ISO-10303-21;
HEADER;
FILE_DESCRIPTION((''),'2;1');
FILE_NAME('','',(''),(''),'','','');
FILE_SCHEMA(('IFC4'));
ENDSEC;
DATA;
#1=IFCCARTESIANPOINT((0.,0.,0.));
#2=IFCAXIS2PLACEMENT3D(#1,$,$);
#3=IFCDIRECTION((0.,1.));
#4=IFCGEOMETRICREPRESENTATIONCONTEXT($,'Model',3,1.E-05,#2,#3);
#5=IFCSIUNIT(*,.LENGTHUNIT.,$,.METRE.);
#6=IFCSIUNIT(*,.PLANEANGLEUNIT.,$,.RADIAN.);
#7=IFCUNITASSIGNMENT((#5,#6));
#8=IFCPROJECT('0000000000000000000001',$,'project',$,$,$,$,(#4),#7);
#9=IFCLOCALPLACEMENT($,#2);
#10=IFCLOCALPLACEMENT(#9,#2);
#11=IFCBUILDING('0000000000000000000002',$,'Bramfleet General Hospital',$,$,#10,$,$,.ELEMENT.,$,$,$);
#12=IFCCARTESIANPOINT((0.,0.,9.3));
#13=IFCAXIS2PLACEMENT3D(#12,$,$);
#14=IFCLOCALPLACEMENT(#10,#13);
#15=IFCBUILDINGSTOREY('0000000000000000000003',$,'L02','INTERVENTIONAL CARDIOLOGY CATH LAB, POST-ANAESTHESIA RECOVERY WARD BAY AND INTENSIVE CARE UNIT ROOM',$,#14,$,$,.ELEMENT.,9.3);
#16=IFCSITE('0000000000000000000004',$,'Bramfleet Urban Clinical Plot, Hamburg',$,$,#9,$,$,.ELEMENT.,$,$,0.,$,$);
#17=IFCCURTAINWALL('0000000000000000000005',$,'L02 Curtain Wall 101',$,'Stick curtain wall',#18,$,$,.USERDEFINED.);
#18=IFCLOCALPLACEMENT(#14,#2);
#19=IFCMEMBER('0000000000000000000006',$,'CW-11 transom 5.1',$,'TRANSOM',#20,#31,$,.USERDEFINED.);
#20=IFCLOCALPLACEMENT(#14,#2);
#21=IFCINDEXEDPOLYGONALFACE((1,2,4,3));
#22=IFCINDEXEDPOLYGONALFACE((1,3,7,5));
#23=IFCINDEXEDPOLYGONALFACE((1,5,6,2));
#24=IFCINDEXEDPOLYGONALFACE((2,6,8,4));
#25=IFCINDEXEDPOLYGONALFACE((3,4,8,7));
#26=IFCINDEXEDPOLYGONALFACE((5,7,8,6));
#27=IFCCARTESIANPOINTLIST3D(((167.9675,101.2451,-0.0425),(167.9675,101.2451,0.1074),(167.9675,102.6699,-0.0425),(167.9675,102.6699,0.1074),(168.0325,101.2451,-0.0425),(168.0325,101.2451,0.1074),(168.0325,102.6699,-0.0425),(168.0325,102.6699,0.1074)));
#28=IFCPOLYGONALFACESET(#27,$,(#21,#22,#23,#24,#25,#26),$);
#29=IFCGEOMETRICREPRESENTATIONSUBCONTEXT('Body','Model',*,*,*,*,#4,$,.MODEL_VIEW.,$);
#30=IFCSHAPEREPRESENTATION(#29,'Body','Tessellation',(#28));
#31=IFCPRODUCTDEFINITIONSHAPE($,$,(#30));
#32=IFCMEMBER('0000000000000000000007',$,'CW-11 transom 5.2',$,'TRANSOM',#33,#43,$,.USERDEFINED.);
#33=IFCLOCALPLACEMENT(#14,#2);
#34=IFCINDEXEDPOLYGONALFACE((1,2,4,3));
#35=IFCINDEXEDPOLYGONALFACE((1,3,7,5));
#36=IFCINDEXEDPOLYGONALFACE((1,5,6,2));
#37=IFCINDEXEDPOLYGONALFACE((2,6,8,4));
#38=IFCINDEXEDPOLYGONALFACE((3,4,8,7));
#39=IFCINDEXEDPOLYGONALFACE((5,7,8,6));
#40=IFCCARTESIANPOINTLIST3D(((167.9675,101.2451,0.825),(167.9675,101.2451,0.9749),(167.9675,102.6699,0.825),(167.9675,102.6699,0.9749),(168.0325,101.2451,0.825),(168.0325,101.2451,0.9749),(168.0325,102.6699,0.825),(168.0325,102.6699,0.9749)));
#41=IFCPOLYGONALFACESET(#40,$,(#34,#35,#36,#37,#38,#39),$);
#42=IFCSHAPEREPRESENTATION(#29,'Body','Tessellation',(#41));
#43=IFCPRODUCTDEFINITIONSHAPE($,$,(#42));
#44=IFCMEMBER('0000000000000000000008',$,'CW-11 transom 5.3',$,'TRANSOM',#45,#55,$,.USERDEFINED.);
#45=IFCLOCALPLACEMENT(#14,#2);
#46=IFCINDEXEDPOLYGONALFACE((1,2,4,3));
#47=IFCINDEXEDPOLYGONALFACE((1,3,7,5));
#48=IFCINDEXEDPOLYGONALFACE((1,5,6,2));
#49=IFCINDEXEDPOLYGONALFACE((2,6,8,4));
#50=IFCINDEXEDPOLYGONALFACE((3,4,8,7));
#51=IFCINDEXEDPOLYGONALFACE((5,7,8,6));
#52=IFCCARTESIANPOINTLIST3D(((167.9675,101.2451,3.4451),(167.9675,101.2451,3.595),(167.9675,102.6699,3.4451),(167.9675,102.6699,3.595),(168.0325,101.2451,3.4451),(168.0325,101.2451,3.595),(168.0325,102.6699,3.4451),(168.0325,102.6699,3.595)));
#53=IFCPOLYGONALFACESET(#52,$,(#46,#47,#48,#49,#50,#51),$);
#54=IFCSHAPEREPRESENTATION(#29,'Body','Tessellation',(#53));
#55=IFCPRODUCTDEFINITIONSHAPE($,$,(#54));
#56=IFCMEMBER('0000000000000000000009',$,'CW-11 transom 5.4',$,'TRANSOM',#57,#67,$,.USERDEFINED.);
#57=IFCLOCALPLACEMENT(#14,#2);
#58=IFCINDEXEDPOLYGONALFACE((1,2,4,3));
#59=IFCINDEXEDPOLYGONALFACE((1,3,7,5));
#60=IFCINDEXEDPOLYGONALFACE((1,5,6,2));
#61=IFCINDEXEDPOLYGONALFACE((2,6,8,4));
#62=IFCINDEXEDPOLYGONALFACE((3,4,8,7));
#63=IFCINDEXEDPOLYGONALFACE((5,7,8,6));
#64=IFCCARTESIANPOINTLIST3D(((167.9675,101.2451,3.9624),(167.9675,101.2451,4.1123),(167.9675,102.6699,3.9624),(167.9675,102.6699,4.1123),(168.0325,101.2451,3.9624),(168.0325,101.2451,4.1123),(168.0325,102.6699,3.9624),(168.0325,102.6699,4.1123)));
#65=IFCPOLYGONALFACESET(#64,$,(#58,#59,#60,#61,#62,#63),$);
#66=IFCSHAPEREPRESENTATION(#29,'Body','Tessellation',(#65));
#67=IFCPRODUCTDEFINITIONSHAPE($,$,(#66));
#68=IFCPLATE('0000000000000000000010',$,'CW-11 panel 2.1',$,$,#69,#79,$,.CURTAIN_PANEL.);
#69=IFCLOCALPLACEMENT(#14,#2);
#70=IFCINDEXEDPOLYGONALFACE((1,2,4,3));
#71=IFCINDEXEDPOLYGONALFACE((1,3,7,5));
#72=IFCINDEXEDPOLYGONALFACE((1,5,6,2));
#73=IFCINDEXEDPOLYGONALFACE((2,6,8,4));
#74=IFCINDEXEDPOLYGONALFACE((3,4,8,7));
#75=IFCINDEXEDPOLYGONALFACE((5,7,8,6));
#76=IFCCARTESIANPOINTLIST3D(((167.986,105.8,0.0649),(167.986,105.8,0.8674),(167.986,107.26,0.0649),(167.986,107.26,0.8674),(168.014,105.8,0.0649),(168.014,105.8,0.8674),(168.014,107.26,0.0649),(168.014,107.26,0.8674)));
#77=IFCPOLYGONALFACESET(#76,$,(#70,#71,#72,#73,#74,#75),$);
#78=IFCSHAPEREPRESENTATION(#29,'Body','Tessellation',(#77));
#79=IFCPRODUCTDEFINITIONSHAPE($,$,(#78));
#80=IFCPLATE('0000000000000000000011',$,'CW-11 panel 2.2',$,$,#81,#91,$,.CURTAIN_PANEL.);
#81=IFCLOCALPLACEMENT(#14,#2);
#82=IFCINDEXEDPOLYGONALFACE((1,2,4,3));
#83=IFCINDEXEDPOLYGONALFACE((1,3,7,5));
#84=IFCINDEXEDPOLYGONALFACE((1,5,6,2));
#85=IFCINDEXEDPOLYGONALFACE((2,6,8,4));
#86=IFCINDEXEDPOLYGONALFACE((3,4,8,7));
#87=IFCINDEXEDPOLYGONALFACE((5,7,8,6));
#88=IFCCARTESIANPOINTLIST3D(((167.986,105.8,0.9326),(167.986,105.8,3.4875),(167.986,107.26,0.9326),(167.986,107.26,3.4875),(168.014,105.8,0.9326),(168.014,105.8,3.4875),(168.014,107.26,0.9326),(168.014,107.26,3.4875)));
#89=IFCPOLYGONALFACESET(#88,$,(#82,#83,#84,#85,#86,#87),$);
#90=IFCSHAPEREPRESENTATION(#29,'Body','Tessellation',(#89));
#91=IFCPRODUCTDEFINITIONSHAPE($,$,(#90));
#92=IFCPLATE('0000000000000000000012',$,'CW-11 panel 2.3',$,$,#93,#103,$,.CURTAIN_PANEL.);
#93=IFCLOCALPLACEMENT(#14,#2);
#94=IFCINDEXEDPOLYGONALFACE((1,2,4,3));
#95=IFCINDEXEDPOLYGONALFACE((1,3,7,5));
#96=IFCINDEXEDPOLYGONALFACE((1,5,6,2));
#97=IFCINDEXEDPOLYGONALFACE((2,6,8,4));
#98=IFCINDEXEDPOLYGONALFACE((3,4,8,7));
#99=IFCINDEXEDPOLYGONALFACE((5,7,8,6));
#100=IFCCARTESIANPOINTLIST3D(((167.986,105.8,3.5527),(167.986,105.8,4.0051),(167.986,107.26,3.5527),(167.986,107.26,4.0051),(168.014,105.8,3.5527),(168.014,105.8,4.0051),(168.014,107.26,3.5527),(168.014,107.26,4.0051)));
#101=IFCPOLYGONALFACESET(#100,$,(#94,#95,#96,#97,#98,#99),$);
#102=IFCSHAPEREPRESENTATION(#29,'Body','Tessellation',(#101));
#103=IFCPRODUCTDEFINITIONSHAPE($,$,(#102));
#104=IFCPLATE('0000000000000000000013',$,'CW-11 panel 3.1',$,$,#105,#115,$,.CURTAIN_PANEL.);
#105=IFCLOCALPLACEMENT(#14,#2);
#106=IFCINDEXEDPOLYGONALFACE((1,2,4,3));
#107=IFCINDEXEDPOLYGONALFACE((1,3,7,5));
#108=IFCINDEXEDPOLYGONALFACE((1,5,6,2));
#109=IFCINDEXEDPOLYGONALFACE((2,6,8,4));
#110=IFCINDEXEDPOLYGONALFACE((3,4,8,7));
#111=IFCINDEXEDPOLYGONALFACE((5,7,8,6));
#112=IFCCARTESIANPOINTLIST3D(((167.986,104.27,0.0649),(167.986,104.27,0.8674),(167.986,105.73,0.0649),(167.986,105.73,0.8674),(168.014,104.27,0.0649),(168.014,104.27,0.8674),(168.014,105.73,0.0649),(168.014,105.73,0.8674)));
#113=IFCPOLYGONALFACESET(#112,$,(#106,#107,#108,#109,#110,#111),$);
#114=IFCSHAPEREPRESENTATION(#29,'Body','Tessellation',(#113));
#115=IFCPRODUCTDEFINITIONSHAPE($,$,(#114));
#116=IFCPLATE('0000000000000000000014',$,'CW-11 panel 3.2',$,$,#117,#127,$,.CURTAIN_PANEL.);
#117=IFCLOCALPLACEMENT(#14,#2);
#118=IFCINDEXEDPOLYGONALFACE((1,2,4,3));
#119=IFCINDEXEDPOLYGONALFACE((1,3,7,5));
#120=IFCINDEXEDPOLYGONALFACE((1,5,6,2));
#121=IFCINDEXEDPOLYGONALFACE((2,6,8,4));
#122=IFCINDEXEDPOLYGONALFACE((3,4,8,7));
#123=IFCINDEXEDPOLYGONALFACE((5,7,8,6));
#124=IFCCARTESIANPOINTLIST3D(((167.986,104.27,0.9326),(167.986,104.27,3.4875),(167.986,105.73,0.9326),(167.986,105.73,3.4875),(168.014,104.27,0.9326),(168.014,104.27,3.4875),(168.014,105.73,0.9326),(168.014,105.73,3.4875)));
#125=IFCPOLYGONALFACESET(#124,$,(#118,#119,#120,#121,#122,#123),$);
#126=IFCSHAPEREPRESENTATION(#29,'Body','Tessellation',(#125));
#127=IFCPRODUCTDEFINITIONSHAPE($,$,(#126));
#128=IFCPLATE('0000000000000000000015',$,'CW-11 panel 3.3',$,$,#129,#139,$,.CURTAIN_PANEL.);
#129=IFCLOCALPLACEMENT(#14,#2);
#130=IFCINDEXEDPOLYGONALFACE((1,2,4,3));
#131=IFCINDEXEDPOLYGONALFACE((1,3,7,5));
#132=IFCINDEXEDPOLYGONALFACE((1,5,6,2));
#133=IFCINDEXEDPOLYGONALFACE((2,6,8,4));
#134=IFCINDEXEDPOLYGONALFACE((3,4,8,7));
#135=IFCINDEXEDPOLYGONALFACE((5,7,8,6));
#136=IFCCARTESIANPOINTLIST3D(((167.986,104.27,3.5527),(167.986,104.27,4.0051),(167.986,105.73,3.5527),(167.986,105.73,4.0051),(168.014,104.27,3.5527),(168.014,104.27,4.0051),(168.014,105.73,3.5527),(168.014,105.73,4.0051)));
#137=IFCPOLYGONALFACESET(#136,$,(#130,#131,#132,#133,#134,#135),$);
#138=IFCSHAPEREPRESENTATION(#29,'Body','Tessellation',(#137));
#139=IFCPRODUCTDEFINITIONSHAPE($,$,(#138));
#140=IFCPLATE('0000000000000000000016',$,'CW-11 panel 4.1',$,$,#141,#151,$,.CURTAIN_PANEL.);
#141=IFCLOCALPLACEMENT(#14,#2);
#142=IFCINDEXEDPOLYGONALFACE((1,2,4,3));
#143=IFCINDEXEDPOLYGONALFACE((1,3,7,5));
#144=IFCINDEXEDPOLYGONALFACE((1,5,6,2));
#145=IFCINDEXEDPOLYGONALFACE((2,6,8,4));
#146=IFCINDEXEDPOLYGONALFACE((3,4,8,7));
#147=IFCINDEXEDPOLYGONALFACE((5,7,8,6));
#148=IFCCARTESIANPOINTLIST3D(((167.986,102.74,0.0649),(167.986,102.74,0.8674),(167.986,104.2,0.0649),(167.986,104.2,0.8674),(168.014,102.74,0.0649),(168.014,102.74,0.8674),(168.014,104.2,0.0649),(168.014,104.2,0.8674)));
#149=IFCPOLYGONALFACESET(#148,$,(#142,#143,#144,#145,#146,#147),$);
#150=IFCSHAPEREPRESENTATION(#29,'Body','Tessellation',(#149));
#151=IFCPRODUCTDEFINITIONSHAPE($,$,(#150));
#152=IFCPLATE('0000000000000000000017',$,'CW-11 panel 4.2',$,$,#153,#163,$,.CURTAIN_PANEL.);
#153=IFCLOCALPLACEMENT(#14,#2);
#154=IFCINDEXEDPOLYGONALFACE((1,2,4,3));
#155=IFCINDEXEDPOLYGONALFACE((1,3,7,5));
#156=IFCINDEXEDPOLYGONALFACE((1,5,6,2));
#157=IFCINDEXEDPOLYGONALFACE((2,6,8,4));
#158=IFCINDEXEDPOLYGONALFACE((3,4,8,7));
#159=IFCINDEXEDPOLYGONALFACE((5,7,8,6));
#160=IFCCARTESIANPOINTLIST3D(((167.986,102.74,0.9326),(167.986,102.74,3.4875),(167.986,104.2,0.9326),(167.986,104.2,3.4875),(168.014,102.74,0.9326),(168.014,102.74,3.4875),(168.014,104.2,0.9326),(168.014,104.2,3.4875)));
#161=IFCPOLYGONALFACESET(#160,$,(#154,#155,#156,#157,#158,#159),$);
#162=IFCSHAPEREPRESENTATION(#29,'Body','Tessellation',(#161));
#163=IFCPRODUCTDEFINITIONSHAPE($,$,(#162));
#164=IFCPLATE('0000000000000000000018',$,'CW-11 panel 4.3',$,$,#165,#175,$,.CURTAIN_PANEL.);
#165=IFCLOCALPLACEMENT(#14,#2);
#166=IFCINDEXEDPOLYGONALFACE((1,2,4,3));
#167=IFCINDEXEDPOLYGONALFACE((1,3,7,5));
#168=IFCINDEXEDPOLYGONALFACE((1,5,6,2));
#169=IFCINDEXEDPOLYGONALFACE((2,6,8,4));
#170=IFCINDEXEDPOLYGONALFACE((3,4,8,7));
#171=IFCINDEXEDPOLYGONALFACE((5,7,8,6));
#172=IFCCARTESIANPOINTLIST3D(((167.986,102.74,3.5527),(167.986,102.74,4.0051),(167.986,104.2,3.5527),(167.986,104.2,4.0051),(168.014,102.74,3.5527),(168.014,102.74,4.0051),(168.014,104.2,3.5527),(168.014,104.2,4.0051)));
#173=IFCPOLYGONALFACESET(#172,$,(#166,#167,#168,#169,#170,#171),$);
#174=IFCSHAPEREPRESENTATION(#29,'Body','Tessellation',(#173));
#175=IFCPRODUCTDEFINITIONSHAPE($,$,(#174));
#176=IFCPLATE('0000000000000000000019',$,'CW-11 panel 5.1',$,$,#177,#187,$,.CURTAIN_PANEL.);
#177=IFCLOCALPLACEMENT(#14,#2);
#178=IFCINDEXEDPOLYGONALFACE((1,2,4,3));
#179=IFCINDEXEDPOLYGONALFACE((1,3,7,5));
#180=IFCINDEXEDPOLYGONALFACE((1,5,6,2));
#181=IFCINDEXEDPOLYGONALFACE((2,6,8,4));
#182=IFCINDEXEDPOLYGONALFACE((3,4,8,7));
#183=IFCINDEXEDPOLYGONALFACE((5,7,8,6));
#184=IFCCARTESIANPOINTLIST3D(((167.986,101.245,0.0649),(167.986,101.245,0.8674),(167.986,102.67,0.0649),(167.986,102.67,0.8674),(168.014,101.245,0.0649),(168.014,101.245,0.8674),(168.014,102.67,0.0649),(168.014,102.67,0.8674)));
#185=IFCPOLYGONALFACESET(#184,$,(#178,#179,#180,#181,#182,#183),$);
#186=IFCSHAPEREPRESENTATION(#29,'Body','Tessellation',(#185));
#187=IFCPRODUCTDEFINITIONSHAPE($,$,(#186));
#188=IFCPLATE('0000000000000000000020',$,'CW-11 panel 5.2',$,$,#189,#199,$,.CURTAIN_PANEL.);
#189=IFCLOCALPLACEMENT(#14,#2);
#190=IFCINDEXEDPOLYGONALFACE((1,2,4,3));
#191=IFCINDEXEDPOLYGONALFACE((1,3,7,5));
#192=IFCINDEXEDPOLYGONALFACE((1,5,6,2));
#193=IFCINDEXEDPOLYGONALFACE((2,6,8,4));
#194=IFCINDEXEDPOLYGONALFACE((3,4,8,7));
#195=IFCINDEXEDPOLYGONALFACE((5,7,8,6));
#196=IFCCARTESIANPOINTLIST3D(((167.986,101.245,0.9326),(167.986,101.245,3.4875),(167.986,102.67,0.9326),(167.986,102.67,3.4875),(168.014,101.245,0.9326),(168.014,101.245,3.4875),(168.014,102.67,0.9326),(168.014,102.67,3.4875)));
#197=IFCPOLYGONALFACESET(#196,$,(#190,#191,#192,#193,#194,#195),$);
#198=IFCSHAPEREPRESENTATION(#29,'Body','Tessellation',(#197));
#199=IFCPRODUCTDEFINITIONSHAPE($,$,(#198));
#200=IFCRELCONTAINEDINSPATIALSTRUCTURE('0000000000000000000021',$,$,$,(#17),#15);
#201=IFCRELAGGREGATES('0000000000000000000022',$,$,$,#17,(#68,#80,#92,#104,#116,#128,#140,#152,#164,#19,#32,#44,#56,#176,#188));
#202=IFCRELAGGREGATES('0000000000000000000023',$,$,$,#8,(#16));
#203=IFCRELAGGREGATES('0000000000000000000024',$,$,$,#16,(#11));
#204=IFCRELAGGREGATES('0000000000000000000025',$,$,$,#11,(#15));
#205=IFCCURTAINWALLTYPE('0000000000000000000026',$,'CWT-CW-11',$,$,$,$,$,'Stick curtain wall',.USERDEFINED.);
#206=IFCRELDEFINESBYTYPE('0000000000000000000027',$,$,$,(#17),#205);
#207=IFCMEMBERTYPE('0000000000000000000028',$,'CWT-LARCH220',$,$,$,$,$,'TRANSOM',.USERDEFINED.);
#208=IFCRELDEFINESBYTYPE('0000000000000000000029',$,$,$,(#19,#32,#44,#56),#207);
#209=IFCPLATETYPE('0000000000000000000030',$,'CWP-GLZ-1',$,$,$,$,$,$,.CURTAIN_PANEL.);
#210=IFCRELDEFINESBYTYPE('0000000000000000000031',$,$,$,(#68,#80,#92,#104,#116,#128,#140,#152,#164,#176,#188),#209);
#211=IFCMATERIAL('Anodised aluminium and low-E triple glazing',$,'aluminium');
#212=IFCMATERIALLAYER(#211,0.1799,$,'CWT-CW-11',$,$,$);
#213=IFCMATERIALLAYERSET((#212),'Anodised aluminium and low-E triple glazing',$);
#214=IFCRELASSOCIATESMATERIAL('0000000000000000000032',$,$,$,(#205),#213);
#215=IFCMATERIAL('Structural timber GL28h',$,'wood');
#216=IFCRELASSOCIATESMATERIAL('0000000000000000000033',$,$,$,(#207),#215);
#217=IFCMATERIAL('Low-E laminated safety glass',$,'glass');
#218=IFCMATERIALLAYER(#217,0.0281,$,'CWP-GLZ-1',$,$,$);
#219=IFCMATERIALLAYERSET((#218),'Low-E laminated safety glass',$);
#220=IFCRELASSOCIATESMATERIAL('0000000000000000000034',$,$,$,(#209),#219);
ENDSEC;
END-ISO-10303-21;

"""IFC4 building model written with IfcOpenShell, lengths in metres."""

from ifc_helpers import new_model, si_unit, direction, frame, origin, origin_2d, place, context, subcontext, project, spatial, rectangle, extrude, material, layer, layer_set, material_profile, profile_set, type_object, element, aggregate, save


model = new_model("IFC4")

# Units and contexts
model_context = context("Model", 3, precision=1e-05, world=origin(), true_north=direction((0.0, 1.0)))
body_context = subcontext(model_context, "Body", "Model", "MODEL_VIEW")
ifc_project = project(units=[si_unit("LENGTHUNIT", "METRE"), si_unit("PLANEANGLEUNIT", "RADIAN")], contexts=[model_context])

# Site, building, storey
site_placement = place(None, origin())
site = spatial("IfcSite", under=ifc_project, at=site_placement, Name="Bramfleet Urban Clinical Plot, Hamburg", CompositionType="ELEMENT", RefElevation=0.0)
building_placement = place(site_placement, origin())
building = spatial("IfcBuilding", under=site, at=building_placement, Name="Bramfleet General Hospital", CompositionType="ELEMENT")
storey_placement = place(building_placement, frame((0.0, 0.0, 9.3)))
storey = spatial("IfcBuildingStorey", under=building, at=storey_placement, Name="L02", Description="INTERVENTIONAL CARDIOLOGY CATH LAB, POST-ANAESTHESIA RECOVERY WARD BAY AND INTENSIVE CARE UNIT ROOM", CompositionType="ELEMENT", Elevation=9.3)

# Curtain wall, members, plates
ifc_material_1 = material(Name="Anodised aluminium and low-E triple glazing", Category="aluminium")
ifc_layer_1 = layer(ifc_material_1, 0.1799, Name="CWT-CW-11")
ifc_layer_set_1 = layer_set([ifc_layer_1], Name="Anodised aluminium and low-E triple glazing")
curtain_wall_type = type_object("IfcCurtainWallType", Name="CWT-CW-11", ElementType="Stick curtain wall", PredefinedType="USERDEFINED", material=ifc_layer_set_1)
curtain_wall_placement = place(storey_placement, origin())
curtain_wall = element("IfcCurtainWall", 1, at=curtain_wall_placement, inside=storey, type_object=curtain_wall_type, Name="L02 Curtain Wall 101", ObjectType="Stick curtain wall", PredefinedType="USERDEFINED")
ifc_material_2 = material(Name="Structural timber GL28h", Category="wood")
ifc_material_profile_1 = material_profile(ifc_material_2, rectangle(XDim=0.0649, YDim=0.1499, at=origin_2d()), Name="LARCH 150x65")
ifc_profile_set_1 = profile_set([ifc_material_profile_1], Name="Structural timber GL28h")
member_type_1 = type_object("IfcMemberType", Name="CWT-LARCH220", ElementType="TRANSOM", PredefinedType="USERDEFINED", material=ifc_profile_set_1)
member_1_placement = place(storey_placement, frame((168.0, 102.6699, 0.0325), z_axis=(0.0, -1.0, 0.0), x_axis=(1.0, 0.0, 0.0)))
member_1 = element("IfcMember", 2, at=member_1_placement, type_object=member_type_1, Name="CW-11 transom 5.1", ObjectType="TRANSOM", PredefinedType="USERDEFINED", context=body_context, shape_type="SweptSolid", body=[
    extrude(rectangle(XDim=0.0649, YDim=0.1499, at=origin_2d()), origin(), (0.0, 0.0, 1.0), 1.4248),
])
member_2_placement = place(storey_placement, frame((168.0, 102.6699, 0.8999), z_axis=(0.0, -1.0, 0.0), x_axis=(1.0, 0.0, 0.0)))
member_2 = element("IfcMember", 3, at=member_2_placement, type_object=member_type_1, Name="CW-11 transom 5.2", ObjectType="TRANSOM", PredefinedType="USERDEFINED", context=body_context, shape_type="SweptSolid", body=[
    extrude(rectangle(XDim=0.0649, YDim=0.1499, at=origin_2d()), origin(), (0.0, 0.0, 1.0), 1.4248),
])
member_3_placement = place(storey_placement, frame((168.0, 102.6699, 3.52), z_axis=(0.0, -1.0, 0.0), x_axis=(1.0, 0.0, 0.0)))
member_3 = element("IfcMember", 4, at=member_3_placement, type_object=member_type_1, Name="CW-11 transom 5.3", ObjectType="TRANSOM", PredefinedType="USERDEFINED", context=body_context, shape_type="SweptSolid", body=[
    extrude(rectangle(XDim=0.0649, YDim=0.1499, at=origin_2d()), origin(), (0.0, 0.0, 1.0), 1.4248),
])
member_4_placement = place(storey_placement, frame((168.0, 102.6699, 4.0374), z_axis=(0.0, -1.0, 0.0), x_axis=(1.0, 0.0, 0.0)))
member_4 = element("IfcMember", 5, at=member_4_placement, type_object=member_type_1, Name="CW-11 transom 5.4", ObjectType="TRANSOM", PredefinedType="USERDEFINED", context=body_context, shape_type="SweptSolid", body=[
    extrude(rectangle(XDim=0.0649, YDim=0.1499, at=origin_2d()), origin(), (0.0, 0.0, 1.0), 1.4248),
])
ifc_material_3 = material(Name="Low-E laminated safety glass", Category="glass")
ifc_layer_2 = layer(ifc_material_3, 0.0281, Name="CWP-GLZ-1")
ifc_layer_set_2 = layer_set([ifc_layer_2], Name="Low-E laminated safety glass")
plate_type = type_object("IfcPlateType", Name="CWP-GLZ-1", PredefinedType="CURTAIN_PANEL", material=ifc_layer_set_2)
plate_1_placement = place(storey_placement, frame((168.0, 106.53, 0.0649), z_axis=(0.0, 0.0, 1.0), x_axis=(0.0, -1.0, 0.0)))
plate_1 = element("IfcPlate", 6, at=plate_1_placement, type_object=plate_type, Name="CW-11 panel 2.1", PredefinedType="CURTAIN_PANEL", context=body_context, shape_type="SweptSolid", body=[
    extrude(rectangle(XDim=1.46, YDim=0.0281, at=origin_2d()), origin(), (0.0, 0.0, 1.0), 0.8025),
])
plate_2_placement = place(storey_placement, frame((168.0, 106.53, 0.9326), z_axis=(0.0, 0.0, 1.0), x_axis=(0.0, -1.0, 0.0)))
plate_2 = element("IfcPlate", 7, at=plate_2_placement, type_object=plate_type, Name="CW-11 panel 2.2", PredefinedType="CURTAIN_PANEL", context=body_context, shape_type="SweptSolid", body=[
    extrude(rectangle(XDim=1.46, YDim=0.0281, at=origin_2d()), origin(), (0.0, 0.0, 1.0), 2.5549),
])
plate_3_placement = place(storey_placement, frame((168.0, 106.53, 3.5527), z_axis=(0.0, 0.0, 1.0), x_axis=(0.0, -1.0, 0.0)))
plate_3 = element("IfcPlate", 8, at=plate_3_placement, type_object=plate_type, Name="CW-11 panel 2.3", PredefinedType="CURTAIN_PANEL", context=body_context, shape_type="SweptSolid", body=[
    extrude(rectangle(XDim=1.46, YDim=0.0281, at=origin_2d()), origin(), (0.0, 0.0, 1.0), 0.4524),
])
plate_4_placement = place(storey_placement, frame((168.0, 105.0, 0.0649), z_axis=(0.0, 0.0, 1.0), x_axis=(0.0, -1.0, 0.0)))
plate_4 = element("IfcPlate", 9, at=plate_4_placement, type_object=plate_type, Name="CW-11 panel 3.1", PredefinedType="CURTAIN_PANEL", context=body_context, shape_type="SweptSolid", body=[
    extrude(rectangle(XDim=1.46, YDim=0.0281, at=origin_2d()), origin(), (0.0, 0.0, 1.0), 0.8025),
])
plate_5_placement = place(storey_placement, frame((168.0, 105.0, 0.9326), z_axis=(0.0, 0.0, 1.0), x_axis=(0.0, -1.0, 0.0)))
plate_5 = element("IfcPlate", 10, at=plate_5_placement, type_object=plate_type, Name="CW-11 panel 3.2", PredefinedType="CURTAIN_PANEL", context=body_context, shape_type="SweptSolid", body=[
    extrude(rectangle(XDim=1.46, YDim=0.0281, at=origin_2d()), origin(), (0.0, 0.0, 1.0), 2.5549),
])
plate_6_placement = place(storey_placement, frame((168.0, 105.0, 3.5527), z_axis=(0.0, 0.0, 1.0), x_axis=(0.0, -1.0, 0.0)))
plate_6 = element("IfcPlate", 11, at=plate_6_placement, type_object=plate_type, Name="CW-11 panel 3.3", PredefinedType="CURTAIN_PANEL", context=body_context, shape_type="SweptSolid", body=[
    extrude(rectangle(XDim=1.46, YDim=0.0281, at=origin_2d()), origin(), (0.0, 0.0, 1.0), 0.4524),
])
plate_7_placement = place(storey_placement, frame((168.0, 103.47, 0.0649), z_axis=(0.0, 0.0, 1.0), x_axis=(0.0, -1.0, 0.0)))
plate_7 = element("IfcPlate", 12, at=plate_7_placement, type_object=plate_type, Name="CW-11 panel 4.1", PredefinedType="CURTAIN_PANEL", context=body_context, shape_type="SweptSolid", body=[
    extrude(rectangle(XDim=1.46, YDim=0.0281, at=origin_2d()), origin(), (0.0, 0.0, 1.0), 0.8025),
])
plate_8_placement = place(storey_placement, frame((168.0, 103.47, 0.9326), z_axis=(0.0, 0.0, 1.0), x_axis=(0.0, -1.0, 0.0)))
plate_8 = element("IfcPlate", 13, at=plate_8_placement, type_object=plate_type, Name="CW-11 panel 4.2", PredefinedType="CURTAIN_PANEL", context=body_context, shape_type="SweptSolid", body=[
    extrude(rectangle(XDim=1.46, YDim=0.0281, at=origin_2d()), origin(), (0.0, 0.0, 1.0), 2.5549),
])
plate_9_placement = place(storey_placement, frame((168.0, 103.47, 3.5527), z_axis=(0.0, 0.0, 1.0), x_axis=(0.0, -1.0, 0.0)))
plate_9 = element("IfcPlate", 14, at=plate_9_placement, type_object=plate_type, Name="CW-11 panel 4.3", PredefinedType="CURTAIN_PANEL", context=body_context, shape_type="SweptSolid", body=[
    extrude(rectangle(XDim=1.46, YDim=0.0281, at=origin_2d()), origin(), (0.0, 0.0, 1.0), 0.4524),
])
plate_10_placement = place(storey_placement, frame((168.0, 101.9575, 0.0649), z_axis=(0.0, 0.0, 1.0), x_axis=(0.0, -1.0, 0.0)))
plate_10 = element("IfcPlate", 15, at=plate_10_placement, type_object=plate_type, Name="CW-11 panel 5.1", PredefinedType="CURTAIN_PANEL", context=body_context, shape_type="SweptSolid", body=[
    extrude(rectangle(XDim=1.425, YDim=0.0281, at=origin_2d()), origin(), (0.0, 0.0, 1.0), 0.8025),
])
plate_11_placement = place(storey_placement, frame((168.0, 101.9575, 0.9326), z_axis=(0.0, 0.0, 1.0), x_axis=(0.0, -1.0, 0.0)))
plate_11 = element("IfcPlate", 16, at=plate_11_placement, type_object=plate_type, Name="CW-11 panel 5.2", PredefinedType="CURTAIN_PANEL", context=body_context, shape_type="SweptSolid", body=[
    extrude(rectangle(XDim=1.425, YDim=0.0281, at=origin_2d()), origin(), (0.0, 0.0, 1.0), 2.5549),
])
aggregate(curtain_wall, [plate_1, plate_2, plate_3, plate_4, plate_5, plate_6, plate_7, plate_8, plate_9, member_1, member_2, member_3, member_4, plate_10, plate_11])

save(model, "model.ifc")
